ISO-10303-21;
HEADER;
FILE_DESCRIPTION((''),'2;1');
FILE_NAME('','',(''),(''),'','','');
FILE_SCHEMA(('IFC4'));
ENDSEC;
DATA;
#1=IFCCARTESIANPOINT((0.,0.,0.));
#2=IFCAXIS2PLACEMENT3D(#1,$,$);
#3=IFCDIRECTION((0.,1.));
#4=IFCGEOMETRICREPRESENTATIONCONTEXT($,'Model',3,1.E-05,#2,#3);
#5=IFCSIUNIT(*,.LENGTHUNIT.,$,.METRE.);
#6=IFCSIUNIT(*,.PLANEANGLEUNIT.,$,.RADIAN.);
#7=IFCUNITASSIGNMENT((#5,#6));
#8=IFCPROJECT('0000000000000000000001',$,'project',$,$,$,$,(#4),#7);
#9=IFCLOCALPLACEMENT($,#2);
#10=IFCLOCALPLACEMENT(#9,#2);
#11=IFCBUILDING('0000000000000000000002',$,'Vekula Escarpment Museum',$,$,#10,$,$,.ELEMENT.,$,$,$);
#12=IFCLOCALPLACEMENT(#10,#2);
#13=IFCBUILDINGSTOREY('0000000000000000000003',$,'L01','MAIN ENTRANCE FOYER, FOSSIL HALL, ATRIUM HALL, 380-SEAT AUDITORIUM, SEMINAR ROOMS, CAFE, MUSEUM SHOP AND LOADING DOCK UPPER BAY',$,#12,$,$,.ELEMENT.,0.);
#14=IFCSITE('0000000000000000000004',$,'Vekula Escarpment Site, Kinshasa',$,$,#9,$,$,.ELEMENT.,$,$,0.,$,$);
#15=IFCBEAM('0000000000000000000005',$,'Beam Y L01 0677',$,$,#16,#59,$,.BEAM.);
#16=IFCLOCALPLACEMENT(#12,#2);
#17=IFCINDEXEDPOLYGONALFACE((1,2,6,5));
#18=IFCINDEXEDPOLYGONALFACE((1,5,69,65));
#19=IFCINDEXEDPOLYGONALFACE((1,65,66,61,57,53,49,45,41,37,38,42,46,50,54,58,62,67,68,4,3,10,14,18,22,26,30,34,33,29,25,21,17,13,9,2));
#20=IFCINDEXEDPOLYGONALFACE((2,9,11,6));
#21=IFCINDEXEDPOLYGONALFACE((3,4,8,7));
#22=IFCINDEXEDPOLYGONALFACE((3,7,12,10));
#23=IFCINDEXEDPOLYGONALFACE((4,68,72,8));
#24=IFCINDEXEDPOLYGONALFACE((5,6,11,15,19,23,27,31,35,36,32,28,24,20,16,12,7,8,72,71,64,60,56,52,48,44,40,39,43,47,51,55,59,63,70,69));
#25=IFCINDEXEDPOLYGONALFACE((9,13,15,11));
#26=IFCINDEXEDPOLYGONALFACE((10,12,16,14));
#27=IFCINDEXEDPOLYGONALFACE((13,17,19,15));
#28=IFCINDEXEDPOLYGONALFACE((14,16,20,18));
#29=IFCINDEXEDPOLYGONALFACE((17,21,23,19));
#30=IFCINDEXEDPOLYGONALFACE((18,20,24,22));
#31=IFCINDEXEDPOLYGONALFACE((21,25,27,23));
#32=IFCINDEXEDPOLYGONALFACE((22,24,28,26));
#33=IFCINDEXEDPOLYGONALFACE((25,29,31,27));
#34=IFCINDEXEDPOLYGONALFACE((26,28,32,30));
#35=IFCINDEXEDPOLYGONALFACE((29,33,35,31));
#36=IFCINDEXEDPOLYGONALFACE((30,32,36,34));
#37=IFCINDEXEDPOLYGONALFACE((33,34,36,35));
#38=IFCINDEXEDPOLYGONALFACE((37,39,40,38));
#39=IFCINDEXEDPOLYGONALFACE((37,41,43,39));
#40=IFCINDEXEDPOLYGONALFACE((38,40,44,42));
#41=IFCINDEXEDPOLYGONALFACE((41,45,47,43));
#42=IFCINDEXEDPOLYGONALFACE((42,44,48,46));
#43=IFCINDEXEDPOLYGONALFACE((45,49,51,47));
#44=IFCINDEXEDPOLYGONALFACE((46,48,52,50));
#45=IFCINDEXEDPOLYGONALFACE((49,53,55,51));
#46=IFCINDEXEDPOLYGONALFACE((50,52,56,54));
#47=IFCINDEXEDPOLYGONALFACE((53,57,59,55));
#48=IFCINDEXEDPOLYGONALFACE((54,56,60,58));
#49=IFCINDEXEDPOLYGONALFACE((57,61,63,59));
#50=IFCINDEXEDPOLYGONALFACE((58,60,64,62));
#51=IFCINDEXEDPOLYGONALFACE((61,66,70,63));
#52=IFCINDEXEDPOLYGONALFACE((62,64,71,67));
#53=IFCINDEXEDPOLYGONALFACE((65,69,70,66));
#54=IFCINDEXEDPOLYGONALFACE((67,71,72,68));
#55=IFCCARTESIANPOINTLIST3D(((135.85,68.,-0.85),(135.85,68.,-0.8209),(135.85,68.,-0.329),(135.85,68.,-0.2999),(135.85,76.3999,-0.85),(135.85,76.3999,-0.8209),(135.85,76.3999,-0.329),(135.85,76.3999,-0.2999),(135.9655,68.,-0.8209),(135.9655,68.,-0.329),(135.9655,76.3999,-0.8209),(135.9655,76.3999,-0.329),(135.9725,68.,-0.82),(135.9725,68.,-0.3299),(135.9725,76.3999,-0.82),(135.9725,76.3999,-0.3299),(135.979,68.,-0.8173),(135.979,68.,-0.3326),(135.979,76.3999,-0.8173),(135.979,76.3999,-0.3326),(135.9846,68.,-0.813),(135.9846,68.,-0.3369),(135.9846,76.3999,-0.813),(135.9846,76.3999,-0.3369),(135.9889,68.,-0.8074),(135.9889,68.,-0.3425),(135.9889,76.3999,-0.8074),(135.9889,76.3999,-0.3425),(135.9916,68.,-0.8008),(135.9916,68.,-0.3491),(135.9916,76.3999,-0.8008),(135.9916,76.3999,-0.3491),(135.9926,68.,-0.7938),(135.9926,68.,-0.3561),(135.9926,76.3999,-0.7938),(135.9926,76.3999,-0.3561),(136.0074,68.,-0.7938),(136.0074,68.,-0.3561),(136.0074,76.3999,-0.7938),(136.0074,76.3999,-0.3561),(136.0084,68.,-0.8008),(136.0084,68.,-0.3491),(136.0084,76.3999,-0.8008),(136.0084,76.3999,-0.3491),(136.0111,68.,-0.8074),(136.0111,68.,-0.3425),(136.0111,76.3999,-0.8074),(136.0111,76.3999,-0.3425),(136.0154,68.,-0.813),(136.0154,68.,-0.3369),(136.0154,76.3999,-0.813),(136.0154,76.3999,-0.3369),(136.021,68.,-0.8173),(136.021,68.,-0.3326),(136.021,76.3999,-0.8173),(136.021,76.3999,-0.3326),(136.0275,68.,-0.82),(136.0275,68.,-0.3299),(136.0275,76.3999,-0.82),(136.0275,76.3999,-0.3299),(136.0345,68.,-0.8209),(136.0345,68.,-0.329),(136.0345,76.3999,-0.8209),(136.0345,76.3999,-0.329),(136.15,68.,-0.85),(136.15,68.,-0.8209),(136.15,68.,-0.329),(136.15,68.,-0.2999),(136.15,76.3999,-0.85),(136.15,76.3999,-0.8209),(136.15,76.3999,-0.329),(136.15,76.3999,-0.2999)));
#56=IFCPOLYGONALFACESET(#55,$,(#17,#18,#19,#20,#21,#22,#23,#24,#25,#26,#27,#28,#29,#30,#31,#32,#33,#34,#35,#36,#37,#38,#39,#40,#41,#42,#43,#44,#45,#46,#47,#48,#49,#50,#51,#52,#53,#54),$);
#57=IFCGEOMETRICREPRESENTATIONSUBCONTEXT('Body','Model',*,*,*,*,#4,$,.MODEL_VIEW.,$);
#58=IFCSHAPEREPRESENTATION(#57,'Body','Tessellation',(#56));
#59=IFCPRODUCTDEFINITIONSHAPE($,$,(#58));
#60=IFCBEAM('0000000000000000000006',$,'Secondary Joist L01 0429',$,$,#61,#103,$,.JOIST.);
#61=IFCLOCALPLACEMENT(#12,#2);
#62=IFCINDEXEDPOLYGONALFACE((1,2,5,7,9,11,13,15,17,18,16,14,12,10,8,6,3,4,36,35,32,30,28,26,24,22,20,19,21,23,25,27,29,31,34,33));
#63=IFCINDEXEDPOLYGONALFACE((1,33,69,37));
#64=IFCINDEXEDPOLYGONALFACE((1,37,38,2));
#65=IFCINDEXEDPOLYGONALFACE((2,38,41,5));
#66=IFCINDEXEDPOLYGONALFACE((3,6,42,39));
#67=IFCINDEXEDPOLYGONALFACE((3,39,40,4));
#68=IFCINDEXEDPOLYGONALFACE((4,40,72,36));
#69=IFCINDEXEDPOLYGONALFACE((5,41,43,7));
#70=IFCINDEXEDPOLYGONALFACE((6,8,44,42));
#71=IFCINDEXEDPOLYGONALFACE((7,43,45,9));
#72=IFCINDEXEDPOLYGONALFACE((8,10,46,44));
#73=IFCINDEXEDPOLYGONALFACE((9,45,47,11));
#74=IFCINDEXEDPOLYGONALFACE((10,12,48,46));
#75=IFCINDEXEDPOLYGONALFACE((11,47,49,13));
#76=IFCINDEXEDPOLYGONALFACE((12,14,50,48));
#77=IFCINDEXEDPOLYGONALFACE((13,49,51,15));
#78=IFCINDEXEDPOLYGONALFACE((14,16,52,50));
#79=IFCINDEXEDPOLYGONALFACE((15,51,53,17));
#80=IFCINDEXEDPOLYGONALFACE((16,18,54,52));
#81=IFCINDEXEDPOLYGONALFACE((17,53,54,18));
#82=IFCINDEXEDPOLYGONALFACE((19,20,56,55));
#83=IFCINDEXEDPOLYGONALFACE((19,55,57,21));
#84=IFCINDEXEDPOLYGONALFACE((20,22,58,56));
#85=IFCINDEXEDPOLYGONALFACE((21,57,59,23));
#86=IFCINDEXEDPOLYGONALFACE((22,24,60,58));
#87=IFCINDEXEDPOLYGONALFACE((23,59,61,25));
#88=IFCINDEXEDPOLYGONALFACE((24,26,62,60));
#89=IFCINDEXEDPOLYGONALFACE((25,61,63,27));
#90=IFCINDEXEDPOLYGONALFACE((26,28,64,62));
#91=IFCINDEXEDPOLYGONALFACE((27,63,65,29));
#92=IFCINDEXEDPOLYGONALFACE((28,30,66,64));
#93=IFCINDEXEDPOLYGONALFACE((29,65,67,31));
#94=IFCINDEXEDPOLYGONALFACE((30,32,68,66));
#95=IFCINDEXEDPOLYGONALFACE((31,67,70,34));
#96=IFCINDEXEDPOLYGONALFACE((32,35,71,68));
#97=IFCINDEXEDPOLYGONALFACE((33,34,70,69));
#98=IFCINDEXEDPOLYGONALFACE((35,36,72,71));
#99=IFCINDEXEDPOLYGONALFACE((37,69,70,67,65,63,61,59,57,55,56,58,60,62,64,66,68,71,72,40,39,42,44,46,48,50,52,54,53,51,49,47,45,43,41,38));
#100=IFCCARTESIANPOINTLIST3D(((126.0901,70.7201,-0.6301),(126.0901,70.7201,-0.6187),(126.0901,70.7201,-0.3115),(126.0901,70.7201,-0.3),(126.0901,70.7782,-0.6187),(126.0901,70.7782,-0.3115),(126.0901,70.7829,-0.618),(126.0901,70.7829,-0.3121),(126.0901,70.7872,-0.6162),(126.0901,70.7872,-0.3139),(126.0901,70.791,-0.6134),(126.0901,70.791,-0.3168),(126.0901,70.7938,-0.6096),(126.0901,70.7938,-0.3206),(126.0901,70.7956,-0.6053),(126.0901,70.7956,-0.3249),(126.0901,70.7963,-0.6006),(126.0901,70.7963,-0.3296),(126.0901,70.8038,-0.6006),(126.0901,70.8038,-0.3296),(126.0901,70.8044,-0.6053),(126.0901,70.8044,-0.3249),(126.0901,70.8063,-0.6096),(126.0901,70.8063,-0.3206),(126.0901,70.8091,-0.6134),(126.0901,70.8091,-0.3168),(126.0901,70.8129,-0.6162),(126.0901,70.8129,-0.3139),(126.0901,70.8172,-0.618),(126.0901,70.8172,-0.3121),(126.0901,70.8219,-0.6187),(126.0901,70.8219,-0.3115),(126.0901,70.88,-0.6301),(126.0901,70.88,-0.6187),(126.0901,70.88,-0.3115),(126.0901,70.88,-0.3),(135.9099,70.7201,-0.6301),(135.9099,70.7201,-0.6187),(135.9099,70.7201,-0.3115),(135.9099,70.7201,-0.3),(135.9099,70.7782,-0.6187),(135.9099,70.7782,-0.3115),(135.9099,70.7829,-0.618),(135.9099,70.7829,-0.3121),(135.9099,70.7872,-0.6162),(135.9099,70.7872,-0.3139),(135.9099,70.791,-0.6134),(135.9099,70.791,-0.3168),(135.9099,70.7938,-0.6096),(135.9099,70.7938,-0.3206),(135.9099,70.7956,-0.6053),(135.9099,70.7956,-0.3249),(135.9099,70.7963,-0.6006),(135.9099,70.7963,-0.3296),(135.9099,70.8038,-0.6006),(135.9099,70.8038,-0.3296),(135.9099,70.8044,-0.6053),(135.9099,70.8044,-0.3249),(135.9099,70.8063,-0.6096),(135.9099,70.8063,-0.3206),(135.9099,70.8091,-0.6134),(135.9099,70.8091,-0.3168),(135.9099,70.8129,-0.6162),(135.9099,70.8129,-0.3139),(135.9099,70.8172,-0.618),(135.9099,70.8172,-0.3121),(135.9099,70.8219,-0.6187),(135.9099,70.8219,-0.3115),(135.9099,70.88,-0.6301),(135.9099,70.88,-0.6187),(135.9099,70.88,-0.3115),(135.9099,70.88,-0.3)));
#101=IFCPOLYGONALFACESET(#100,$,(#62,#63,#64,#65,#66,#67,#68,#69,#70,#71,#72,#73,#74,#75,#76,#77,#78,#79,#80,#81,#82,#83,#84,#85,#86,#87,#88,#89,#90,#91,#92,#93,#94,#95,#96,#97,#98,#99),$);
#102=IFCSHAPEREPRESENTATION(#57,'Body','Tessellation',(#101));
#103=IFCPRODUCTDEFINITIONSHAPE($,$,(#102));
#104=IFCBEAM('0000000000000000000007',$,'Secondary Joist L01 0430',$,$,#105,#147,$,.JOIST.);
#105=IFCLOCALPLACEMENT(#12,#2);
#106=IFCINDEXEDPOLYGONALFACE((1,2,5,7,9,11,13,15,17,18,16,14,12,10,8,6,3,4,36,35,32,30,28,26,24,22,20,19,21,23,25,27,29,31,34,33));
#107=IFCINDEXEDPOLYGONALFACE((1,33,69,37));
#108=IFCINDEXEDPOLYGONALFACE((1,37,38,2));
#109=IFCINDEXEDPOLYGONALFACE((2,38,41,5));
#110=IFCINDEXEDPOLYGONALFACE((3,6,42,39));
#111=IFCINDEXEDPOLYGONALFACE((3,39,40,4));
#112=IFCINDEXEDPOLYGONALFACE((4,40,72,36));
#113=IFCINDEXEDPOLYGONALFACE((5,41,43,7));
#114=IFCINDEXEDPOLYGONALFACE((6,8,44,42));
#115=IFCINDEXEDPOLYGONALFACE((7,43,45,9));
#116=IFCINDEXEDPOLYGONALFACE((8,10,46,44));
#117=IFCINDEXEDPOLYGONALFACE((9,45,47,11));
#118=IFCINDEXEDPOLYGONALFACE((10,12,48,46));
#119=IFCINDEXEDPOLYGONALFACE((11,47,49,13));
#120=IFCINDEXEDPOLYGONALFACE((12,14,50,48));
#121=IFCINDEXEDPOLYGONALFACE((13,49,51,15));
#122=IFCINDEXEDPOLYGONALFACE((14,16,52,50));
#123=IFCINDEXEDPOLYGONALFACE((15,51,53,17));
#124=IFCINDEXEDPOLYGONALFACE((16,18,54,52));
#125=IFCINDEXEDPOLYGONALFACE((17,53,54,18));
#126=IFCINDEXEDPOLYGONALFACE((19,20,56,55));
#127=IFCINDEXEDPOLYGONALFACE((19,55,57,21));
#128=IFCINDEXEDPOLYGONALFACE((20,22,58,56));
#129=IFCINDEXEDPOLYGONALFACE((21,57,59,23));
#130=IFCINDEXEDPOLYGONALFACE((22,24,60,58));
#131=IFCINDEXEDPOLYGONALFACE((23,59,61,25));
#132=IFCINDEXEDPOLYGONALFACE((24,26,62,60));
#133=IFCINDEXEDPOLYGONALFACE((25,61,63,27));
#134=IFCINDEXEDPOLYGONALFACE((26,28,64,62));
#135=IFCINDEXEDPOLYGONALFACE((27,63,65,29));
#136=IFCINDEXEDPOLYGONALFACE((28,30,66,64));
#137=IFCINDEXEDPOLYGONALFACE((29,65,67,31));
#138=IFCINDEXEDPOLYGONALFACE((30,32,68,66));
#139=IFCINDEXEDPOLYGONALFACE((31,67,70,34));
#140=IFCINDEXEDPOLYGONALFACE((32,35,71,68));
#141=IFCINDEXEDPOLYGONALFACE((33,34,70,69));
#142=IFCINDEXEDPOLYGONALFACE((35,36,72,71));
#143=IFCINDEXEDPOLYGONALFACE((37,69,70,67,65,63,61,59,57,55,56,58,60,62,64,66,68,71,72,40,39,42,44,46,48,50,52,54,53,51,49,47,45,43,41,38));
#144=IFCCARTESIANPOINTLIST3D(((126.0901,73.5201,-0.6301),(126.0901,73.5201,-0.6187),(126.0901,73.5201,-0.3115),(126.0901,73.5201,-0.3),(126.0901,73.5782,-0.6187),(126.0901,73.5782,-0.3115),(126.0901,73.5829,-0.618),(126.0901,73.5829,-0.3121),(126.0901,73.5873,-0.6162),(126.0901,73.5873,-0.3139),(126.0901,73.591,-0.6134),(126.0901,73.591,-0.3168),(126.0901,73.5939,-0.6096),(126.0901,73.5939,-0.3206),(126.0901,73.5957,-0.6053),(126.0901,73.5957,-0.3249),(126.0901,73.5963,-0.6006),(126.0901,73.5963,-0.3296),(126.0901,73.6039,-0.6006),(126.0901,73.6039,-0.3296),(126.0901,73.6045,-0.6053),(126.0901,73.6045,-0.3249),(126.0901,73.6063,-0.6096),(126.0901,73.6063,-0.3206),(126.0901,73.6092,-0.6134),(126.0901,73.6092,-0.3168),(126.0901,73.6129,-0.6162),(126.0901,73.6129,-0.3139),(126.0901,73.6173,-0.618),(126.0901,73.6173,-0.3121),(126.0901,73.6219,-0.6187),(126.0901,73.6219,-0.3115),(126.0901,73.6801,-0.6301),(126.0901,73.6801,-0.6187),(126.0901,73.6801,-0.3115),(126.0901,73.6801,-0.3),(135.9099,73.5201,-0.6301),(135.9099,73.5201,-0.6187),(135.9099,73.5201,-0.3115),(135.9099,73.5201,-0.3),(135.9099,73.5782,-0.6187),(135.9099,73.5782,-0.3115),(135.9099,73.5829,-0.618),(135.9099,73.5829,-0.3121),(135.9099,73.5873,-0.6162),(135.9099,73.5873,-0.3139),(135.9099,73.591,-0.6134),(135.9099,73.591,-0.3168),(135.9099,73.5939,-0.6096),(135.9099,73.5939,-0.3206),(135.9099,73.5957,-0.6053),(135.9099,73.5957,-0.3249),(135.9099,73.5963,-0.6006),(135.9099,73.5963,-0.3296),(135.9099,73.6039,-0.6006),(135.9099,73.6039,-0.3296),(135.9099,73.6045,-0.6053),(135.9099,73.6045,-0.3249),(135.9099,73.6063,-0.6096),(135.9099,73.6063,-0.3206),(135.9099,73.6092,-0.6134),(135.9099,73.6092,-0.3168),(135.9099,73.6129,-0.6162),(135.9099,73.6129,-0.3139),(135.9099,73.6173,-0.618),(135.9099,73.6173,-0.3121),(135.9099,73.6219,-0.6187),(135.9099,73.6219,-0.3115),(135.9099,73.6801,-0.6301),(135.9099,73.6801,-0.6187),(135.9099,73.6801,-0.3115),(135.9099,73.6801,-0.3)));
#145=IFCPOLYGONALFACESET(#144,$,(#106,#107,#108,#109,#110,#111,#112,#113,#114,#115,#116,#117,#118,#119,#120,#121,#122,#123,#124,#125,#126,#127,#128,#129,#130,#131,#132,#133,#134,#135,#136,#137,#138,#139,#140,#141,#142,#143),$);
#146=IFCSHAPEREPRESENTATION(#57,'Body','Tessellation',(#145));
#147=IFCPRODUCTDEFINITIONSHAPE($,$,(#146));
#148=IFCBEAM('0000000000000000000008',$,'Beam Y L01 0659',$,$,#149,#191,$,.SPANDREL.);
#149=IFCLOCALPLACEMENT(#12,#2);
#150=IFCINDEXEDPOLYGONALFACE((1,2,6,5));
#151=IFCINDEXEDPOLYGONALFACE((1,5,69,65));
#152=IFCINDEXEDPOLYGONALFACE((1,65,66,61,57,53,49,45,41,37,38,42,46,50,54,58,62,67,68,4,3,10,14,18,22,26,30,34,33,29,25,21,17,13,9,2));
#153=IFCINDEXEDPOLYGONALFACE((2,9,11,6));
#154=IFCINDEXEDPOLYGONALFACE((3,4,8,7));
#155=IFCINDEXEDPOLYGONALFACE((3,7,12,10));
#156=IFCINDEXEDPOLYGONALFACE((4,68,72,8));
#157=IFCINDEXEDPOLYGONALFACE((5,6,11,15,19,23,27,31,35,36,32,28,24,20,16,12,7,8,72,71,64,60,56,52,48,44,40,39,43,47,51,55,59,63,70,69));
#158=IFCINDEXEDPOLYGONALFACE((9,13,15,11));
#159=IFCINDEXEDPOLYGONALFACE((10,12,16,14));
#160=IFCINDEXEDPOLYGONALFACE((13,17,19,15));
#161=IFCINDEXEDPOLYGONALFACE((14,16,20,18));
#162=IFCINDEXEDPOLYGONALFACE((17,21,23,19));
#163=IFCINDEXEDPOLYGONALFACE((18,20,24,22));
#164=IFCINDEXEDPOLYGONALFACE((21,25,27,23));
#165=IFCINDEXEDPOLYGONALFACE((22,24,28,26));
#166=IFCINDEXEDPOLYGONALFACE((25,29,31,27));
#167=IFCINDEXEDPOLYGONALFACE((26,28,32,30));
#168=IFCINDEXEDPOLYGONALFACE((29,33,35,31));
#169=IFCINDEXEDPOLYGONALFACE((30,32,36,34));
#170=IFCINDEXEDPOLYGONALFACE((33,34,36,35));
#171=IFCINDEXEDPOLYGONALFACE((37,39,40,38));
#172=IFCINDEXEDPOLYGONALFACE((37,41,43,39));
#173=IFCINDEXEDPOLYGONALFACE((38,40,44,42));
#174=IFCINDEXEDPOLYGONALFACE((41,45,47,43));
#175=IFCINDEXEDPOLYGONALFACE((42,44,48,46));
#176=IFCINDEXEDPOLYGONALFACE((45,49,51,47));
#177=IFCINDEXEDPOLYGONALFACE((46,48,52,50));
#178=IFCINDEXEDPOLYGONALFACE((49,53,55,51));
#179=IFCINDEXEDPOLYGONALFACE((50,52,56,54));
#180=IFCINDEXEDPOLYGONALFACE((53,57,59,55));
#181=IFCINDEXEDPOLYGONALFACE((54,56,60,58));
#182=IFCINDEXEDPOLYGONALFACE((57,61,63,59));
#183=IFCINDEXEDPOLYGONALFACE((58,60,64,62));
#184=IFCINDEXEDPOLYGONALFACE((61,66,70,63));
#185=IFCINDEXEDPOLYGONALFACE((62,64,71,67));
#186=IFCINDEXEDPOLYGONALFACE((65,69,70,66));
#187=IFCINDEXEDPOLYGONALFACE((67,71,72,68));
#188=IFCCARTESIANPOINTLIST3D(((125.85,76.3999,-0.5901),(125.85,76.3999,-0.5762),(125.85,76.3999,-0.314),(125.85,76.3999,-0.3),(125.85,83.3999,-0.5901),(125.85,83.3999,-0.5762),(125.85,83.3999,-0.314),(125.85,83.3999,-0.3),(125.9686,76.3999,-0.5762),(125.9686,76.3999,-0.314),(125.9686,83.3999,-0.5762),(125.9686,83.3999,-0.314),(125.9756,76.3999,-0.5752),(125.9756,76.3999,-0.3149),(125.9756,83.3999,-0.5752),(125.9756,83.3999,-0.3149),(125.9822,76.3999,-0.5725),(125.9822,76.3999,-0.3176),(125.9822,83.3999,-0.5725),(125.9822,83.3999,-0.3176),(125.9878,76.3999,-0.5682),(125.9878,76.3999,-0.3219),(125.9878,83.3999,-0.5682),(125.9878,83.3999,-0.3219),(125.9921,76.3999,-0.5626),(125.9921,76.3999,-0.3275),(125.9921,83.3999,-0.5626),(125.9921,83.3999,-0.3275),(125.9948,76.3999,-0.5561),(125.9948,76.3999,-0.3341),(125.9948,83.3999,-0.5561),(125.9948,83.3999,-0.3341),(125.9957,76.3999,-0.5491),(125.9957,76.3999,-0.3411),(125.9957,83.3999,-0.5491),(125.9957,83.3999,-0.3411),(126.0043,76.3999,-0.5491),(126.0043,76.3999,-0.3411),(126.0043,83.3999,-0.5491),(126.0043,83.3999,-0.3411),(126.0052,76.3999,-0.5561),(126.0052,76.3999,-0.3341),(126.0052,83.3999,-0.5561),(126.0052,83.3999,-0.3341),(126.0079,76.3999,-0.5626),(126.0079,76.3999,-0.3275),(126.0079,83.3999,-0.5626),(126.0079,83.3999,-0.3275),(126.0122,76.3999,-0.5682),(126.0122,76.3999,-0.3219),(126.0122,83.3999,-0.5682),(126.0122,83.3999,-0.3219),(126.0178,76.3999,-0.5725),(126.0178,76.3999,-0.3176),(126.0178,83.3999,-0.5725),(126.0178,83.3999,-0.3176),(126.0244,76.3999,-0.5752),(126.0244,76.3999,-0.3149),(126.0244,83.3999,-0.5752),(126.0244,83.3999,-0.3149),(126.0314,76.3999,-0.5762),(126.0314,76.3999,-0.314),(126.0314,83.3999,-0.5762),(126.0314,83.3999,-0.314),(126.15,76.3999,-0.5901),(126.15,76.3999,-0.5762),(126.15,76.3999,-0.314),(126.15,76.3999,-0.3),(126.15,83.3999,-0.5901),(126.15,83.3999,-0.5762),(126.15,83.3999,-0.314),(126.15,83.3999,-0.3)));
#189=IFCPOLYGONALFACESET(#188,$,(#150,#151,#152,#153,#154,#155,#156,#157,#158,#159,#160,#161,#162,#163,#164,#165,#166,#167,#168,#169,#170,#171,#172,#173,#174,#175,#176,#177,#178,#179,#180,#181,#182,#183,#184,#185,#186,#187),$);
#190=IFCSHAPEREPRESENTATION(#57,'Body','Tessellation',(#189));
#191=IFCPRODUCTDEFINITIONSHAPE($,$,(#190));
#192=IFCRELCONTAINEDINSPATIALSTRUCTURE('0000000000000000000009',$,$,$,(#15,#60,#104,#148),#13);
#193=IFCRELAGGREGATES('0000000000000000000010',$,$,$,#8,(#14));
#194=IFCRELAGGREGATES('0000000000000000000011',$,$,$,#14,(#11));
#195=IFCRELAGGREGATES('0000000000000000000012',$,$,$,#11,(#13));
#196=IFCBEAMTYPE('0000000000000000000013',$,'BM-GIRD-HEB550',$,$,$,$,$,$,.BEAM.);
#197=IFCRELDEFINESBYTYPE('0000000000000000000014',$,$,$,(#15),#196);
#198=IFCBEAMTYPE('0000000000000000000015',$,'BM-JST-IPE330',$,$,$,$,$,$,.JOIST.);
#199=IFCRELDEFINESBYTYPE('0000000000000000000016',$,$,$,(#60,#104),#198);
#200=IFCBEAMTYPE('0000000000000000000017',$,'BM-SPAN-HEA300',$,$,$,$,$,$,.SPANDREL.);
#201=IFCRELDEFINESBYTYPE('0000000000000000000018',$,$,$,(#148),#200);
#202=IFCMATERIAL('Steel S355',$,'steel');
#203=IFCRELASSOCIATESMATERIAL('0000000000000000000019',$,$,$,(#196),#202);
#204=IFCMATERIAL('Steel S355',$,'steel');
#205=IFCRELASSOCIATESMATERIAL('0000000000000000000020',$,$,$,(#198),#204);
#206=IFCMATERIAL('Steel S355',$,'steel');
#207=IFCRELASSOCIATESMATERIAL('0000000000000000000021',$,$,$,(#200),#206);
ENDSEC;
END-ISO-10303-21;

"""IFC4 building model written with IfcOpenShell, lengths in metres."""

from ifc_helpers import new_model, si_unit, direction, frame, origin, origin_2d, place, context, subcontext, project, spatial, i_section, extrude, material, material_profile, profile_set, type_object, element, save


model = new_model("IFC4")

# Units and contexts
model_context = context("Model", 3, precision=1e-05, world=origin(), true_north=direction((0.0, 1.0)))
body_context = subcontext(model_context, "Body", "Model", "MODEL_VIEW")
ifc_project = project(units=[si_unit("LENGTHUNIT", "METRE"), si_unit("PLANEANGLEUNIT", "RADIAN")], contexts=[model_context])

# Site, building, storey
site_placement = place(None, origin())
site = spatial("IfcSite", under=ifc_project, at=site_placement, Name="Vekula Escarpment Site, Kinshasa", CompositionType="ELEMENT", RefElevation=0.0)
building_placement = place(site_placement, origin())
building = spatial("IfcBuilding", under=site, at=building_placement, Name="Vekula Escarpment Museum", CompositionType="ELEMENT")
storey_placement = place(building_placement, origin())
storey = spatial("IfcBuildingStorey", under=building, at=storey_placement, Name="L01", Description="MAIN ENTRANCE FOYER, FOSSIL HALL, ATRIUM HALL, 380-SEAT AUDITORIUM, SEMINAR ROOMS, CAFE, MUSEUM SHOP AND LOADING DOCK UPPER BAY", CompositionType="ELEMENT", Elevation=0.0)

# Beams
ifc_material_1 = material(Name="Steel S355", Category="steel")
ifc_material_profile_1 = material_profile(ifc_material_1, i_section(OverallWidth=0.3, OverallDepth=0.55, WebThickness=0.0149, FlangeThickness=0.0291, FilletRadius=0.0271, at=origin_2d()), Name="HEB 550")
ifc_profile_set_1 = profile_set([ifc_material_profile_1], Name="Steel S355")
beam_type_1 = type_object("IfcBeamType", Name="BM-GIRD-HEB550", PredefinedType="BEAM", material=ifc_profile_set_1)
beam_1_placement = place(storey_placement, frame((136.0, 68.0, -0.575), z_axis=(0.0, 1.0, 0.0), x_axis=(-1.0, 0.0, 0.0)))
element("IfcBeam", 1, at=beam_1_placement, inside=storey, type_object=beam_type_1, Name="Beam Y L01 0677", PredefinedType="BEAM", context=body_context, shape_type="SweptSolid", body=[
    extrude(i_section(OverallWidth=0.3, OverallDepth=0.55, WebThickness=0.0149, FlangeThickness=0.0291, FilletRadius=0.0271, at=origin_2d()), origin(), (0.0, 0.0, 1.0), 8.3999),
])
ifc_material_2 = material(Name="Steel S355", Category="steel")
ifc_material_profile_2 = material_profile(ifc_material_2, i_section(OverallWidth=0.1599, OverallDepth=0.3301, WebThickness=0.0076, FlangeThickness=0.0115, FilletRadius=0.0181, at=origin_2d()), Name="IPE 330")
ifc_profile_set_2 = profile_set([ifc_material_profile_2], Name="Steel S355")
beam_type_2 = type_object("IfcBeamType", Name="BM-JST-IPE330", PredefinedType="JOIST", material=ifc_profile_set_2)
for number, where, z_axis, x_axis, name in (
    (2, (126.0901, 70.8, -0.4651), (1.0, 0.0, 0.0), (0.0, 1.0, 0.0), "Secondary Joist L01 0429"),
    (3, (126.0901, 73.6001, -0.4651), (1.0, 0.0, 0.0), (0.0, 1.0, 0.0), "Secondary Joist L01 0430"),
):
    element("IfcBeam", number, at=place(storey_placement, frame(where, z_axis=z_axis, x_axis=x_axis)), inside=storey, type_object=beam_type_2, Name=name, PredefinedType="JOIST", context=body_context, shape_type="SweptSolid", body=[
        extrude(i_section(OverallWidth=0.1599, OverallDepth=0.3301, WebThickness=0.0076, FlangeThickness=0.0115, FilletRadius=0.0181, at=origin_2d()), origin(), (0.0, 0.0, 1.0), 9.8198),
    ])
ifc_material_3 = material(Name="Steel S355", Category="steel")
ifc_material_profile_3 = material_profile(ifc_material_3, i_section(OverallWidth=0.3, OverallDepth=0.29, WebThickness=0.0085, FlangeThickness=0.0139, FilletRadius=0.0271, at=origin_2d()), Name="HEA 300")
ifc_profile_set_3 = profile_set([ifc_material_profile_3], Name="Steel S355")
beam_type_3 = type_object("IfcBeamType", Name="BM-SPAN-HEA300", PredefinedType="SPANDREL", material=ifc_profile_set_3)
beam_2_placement = place(storey_placement, frame((126.0, 76.3999, -0.4451), z_axis=(0.0, 1.0, 0.0), x_axis=(-1.0, 0.0, 0.0)))
element("IfcBeam", 4, at=beam_2_placement, inside=storey, type_object=beam_type_3, Name="Beam Y L01 0659", PredefinedType="SPANDREL", context=body_context, shape_type="SweptSolid", body=[
    extrude(i_section(OverallWidth=0.3, OverallDepth=0.29, WebThickness=0.0085, FlangeThickness=0.0139, FilletRadius=0.0271, at=origin_2d()), origin(), (0.0, 0.0, 1.0), 7.0),
])

save(model, "model.ifc")
